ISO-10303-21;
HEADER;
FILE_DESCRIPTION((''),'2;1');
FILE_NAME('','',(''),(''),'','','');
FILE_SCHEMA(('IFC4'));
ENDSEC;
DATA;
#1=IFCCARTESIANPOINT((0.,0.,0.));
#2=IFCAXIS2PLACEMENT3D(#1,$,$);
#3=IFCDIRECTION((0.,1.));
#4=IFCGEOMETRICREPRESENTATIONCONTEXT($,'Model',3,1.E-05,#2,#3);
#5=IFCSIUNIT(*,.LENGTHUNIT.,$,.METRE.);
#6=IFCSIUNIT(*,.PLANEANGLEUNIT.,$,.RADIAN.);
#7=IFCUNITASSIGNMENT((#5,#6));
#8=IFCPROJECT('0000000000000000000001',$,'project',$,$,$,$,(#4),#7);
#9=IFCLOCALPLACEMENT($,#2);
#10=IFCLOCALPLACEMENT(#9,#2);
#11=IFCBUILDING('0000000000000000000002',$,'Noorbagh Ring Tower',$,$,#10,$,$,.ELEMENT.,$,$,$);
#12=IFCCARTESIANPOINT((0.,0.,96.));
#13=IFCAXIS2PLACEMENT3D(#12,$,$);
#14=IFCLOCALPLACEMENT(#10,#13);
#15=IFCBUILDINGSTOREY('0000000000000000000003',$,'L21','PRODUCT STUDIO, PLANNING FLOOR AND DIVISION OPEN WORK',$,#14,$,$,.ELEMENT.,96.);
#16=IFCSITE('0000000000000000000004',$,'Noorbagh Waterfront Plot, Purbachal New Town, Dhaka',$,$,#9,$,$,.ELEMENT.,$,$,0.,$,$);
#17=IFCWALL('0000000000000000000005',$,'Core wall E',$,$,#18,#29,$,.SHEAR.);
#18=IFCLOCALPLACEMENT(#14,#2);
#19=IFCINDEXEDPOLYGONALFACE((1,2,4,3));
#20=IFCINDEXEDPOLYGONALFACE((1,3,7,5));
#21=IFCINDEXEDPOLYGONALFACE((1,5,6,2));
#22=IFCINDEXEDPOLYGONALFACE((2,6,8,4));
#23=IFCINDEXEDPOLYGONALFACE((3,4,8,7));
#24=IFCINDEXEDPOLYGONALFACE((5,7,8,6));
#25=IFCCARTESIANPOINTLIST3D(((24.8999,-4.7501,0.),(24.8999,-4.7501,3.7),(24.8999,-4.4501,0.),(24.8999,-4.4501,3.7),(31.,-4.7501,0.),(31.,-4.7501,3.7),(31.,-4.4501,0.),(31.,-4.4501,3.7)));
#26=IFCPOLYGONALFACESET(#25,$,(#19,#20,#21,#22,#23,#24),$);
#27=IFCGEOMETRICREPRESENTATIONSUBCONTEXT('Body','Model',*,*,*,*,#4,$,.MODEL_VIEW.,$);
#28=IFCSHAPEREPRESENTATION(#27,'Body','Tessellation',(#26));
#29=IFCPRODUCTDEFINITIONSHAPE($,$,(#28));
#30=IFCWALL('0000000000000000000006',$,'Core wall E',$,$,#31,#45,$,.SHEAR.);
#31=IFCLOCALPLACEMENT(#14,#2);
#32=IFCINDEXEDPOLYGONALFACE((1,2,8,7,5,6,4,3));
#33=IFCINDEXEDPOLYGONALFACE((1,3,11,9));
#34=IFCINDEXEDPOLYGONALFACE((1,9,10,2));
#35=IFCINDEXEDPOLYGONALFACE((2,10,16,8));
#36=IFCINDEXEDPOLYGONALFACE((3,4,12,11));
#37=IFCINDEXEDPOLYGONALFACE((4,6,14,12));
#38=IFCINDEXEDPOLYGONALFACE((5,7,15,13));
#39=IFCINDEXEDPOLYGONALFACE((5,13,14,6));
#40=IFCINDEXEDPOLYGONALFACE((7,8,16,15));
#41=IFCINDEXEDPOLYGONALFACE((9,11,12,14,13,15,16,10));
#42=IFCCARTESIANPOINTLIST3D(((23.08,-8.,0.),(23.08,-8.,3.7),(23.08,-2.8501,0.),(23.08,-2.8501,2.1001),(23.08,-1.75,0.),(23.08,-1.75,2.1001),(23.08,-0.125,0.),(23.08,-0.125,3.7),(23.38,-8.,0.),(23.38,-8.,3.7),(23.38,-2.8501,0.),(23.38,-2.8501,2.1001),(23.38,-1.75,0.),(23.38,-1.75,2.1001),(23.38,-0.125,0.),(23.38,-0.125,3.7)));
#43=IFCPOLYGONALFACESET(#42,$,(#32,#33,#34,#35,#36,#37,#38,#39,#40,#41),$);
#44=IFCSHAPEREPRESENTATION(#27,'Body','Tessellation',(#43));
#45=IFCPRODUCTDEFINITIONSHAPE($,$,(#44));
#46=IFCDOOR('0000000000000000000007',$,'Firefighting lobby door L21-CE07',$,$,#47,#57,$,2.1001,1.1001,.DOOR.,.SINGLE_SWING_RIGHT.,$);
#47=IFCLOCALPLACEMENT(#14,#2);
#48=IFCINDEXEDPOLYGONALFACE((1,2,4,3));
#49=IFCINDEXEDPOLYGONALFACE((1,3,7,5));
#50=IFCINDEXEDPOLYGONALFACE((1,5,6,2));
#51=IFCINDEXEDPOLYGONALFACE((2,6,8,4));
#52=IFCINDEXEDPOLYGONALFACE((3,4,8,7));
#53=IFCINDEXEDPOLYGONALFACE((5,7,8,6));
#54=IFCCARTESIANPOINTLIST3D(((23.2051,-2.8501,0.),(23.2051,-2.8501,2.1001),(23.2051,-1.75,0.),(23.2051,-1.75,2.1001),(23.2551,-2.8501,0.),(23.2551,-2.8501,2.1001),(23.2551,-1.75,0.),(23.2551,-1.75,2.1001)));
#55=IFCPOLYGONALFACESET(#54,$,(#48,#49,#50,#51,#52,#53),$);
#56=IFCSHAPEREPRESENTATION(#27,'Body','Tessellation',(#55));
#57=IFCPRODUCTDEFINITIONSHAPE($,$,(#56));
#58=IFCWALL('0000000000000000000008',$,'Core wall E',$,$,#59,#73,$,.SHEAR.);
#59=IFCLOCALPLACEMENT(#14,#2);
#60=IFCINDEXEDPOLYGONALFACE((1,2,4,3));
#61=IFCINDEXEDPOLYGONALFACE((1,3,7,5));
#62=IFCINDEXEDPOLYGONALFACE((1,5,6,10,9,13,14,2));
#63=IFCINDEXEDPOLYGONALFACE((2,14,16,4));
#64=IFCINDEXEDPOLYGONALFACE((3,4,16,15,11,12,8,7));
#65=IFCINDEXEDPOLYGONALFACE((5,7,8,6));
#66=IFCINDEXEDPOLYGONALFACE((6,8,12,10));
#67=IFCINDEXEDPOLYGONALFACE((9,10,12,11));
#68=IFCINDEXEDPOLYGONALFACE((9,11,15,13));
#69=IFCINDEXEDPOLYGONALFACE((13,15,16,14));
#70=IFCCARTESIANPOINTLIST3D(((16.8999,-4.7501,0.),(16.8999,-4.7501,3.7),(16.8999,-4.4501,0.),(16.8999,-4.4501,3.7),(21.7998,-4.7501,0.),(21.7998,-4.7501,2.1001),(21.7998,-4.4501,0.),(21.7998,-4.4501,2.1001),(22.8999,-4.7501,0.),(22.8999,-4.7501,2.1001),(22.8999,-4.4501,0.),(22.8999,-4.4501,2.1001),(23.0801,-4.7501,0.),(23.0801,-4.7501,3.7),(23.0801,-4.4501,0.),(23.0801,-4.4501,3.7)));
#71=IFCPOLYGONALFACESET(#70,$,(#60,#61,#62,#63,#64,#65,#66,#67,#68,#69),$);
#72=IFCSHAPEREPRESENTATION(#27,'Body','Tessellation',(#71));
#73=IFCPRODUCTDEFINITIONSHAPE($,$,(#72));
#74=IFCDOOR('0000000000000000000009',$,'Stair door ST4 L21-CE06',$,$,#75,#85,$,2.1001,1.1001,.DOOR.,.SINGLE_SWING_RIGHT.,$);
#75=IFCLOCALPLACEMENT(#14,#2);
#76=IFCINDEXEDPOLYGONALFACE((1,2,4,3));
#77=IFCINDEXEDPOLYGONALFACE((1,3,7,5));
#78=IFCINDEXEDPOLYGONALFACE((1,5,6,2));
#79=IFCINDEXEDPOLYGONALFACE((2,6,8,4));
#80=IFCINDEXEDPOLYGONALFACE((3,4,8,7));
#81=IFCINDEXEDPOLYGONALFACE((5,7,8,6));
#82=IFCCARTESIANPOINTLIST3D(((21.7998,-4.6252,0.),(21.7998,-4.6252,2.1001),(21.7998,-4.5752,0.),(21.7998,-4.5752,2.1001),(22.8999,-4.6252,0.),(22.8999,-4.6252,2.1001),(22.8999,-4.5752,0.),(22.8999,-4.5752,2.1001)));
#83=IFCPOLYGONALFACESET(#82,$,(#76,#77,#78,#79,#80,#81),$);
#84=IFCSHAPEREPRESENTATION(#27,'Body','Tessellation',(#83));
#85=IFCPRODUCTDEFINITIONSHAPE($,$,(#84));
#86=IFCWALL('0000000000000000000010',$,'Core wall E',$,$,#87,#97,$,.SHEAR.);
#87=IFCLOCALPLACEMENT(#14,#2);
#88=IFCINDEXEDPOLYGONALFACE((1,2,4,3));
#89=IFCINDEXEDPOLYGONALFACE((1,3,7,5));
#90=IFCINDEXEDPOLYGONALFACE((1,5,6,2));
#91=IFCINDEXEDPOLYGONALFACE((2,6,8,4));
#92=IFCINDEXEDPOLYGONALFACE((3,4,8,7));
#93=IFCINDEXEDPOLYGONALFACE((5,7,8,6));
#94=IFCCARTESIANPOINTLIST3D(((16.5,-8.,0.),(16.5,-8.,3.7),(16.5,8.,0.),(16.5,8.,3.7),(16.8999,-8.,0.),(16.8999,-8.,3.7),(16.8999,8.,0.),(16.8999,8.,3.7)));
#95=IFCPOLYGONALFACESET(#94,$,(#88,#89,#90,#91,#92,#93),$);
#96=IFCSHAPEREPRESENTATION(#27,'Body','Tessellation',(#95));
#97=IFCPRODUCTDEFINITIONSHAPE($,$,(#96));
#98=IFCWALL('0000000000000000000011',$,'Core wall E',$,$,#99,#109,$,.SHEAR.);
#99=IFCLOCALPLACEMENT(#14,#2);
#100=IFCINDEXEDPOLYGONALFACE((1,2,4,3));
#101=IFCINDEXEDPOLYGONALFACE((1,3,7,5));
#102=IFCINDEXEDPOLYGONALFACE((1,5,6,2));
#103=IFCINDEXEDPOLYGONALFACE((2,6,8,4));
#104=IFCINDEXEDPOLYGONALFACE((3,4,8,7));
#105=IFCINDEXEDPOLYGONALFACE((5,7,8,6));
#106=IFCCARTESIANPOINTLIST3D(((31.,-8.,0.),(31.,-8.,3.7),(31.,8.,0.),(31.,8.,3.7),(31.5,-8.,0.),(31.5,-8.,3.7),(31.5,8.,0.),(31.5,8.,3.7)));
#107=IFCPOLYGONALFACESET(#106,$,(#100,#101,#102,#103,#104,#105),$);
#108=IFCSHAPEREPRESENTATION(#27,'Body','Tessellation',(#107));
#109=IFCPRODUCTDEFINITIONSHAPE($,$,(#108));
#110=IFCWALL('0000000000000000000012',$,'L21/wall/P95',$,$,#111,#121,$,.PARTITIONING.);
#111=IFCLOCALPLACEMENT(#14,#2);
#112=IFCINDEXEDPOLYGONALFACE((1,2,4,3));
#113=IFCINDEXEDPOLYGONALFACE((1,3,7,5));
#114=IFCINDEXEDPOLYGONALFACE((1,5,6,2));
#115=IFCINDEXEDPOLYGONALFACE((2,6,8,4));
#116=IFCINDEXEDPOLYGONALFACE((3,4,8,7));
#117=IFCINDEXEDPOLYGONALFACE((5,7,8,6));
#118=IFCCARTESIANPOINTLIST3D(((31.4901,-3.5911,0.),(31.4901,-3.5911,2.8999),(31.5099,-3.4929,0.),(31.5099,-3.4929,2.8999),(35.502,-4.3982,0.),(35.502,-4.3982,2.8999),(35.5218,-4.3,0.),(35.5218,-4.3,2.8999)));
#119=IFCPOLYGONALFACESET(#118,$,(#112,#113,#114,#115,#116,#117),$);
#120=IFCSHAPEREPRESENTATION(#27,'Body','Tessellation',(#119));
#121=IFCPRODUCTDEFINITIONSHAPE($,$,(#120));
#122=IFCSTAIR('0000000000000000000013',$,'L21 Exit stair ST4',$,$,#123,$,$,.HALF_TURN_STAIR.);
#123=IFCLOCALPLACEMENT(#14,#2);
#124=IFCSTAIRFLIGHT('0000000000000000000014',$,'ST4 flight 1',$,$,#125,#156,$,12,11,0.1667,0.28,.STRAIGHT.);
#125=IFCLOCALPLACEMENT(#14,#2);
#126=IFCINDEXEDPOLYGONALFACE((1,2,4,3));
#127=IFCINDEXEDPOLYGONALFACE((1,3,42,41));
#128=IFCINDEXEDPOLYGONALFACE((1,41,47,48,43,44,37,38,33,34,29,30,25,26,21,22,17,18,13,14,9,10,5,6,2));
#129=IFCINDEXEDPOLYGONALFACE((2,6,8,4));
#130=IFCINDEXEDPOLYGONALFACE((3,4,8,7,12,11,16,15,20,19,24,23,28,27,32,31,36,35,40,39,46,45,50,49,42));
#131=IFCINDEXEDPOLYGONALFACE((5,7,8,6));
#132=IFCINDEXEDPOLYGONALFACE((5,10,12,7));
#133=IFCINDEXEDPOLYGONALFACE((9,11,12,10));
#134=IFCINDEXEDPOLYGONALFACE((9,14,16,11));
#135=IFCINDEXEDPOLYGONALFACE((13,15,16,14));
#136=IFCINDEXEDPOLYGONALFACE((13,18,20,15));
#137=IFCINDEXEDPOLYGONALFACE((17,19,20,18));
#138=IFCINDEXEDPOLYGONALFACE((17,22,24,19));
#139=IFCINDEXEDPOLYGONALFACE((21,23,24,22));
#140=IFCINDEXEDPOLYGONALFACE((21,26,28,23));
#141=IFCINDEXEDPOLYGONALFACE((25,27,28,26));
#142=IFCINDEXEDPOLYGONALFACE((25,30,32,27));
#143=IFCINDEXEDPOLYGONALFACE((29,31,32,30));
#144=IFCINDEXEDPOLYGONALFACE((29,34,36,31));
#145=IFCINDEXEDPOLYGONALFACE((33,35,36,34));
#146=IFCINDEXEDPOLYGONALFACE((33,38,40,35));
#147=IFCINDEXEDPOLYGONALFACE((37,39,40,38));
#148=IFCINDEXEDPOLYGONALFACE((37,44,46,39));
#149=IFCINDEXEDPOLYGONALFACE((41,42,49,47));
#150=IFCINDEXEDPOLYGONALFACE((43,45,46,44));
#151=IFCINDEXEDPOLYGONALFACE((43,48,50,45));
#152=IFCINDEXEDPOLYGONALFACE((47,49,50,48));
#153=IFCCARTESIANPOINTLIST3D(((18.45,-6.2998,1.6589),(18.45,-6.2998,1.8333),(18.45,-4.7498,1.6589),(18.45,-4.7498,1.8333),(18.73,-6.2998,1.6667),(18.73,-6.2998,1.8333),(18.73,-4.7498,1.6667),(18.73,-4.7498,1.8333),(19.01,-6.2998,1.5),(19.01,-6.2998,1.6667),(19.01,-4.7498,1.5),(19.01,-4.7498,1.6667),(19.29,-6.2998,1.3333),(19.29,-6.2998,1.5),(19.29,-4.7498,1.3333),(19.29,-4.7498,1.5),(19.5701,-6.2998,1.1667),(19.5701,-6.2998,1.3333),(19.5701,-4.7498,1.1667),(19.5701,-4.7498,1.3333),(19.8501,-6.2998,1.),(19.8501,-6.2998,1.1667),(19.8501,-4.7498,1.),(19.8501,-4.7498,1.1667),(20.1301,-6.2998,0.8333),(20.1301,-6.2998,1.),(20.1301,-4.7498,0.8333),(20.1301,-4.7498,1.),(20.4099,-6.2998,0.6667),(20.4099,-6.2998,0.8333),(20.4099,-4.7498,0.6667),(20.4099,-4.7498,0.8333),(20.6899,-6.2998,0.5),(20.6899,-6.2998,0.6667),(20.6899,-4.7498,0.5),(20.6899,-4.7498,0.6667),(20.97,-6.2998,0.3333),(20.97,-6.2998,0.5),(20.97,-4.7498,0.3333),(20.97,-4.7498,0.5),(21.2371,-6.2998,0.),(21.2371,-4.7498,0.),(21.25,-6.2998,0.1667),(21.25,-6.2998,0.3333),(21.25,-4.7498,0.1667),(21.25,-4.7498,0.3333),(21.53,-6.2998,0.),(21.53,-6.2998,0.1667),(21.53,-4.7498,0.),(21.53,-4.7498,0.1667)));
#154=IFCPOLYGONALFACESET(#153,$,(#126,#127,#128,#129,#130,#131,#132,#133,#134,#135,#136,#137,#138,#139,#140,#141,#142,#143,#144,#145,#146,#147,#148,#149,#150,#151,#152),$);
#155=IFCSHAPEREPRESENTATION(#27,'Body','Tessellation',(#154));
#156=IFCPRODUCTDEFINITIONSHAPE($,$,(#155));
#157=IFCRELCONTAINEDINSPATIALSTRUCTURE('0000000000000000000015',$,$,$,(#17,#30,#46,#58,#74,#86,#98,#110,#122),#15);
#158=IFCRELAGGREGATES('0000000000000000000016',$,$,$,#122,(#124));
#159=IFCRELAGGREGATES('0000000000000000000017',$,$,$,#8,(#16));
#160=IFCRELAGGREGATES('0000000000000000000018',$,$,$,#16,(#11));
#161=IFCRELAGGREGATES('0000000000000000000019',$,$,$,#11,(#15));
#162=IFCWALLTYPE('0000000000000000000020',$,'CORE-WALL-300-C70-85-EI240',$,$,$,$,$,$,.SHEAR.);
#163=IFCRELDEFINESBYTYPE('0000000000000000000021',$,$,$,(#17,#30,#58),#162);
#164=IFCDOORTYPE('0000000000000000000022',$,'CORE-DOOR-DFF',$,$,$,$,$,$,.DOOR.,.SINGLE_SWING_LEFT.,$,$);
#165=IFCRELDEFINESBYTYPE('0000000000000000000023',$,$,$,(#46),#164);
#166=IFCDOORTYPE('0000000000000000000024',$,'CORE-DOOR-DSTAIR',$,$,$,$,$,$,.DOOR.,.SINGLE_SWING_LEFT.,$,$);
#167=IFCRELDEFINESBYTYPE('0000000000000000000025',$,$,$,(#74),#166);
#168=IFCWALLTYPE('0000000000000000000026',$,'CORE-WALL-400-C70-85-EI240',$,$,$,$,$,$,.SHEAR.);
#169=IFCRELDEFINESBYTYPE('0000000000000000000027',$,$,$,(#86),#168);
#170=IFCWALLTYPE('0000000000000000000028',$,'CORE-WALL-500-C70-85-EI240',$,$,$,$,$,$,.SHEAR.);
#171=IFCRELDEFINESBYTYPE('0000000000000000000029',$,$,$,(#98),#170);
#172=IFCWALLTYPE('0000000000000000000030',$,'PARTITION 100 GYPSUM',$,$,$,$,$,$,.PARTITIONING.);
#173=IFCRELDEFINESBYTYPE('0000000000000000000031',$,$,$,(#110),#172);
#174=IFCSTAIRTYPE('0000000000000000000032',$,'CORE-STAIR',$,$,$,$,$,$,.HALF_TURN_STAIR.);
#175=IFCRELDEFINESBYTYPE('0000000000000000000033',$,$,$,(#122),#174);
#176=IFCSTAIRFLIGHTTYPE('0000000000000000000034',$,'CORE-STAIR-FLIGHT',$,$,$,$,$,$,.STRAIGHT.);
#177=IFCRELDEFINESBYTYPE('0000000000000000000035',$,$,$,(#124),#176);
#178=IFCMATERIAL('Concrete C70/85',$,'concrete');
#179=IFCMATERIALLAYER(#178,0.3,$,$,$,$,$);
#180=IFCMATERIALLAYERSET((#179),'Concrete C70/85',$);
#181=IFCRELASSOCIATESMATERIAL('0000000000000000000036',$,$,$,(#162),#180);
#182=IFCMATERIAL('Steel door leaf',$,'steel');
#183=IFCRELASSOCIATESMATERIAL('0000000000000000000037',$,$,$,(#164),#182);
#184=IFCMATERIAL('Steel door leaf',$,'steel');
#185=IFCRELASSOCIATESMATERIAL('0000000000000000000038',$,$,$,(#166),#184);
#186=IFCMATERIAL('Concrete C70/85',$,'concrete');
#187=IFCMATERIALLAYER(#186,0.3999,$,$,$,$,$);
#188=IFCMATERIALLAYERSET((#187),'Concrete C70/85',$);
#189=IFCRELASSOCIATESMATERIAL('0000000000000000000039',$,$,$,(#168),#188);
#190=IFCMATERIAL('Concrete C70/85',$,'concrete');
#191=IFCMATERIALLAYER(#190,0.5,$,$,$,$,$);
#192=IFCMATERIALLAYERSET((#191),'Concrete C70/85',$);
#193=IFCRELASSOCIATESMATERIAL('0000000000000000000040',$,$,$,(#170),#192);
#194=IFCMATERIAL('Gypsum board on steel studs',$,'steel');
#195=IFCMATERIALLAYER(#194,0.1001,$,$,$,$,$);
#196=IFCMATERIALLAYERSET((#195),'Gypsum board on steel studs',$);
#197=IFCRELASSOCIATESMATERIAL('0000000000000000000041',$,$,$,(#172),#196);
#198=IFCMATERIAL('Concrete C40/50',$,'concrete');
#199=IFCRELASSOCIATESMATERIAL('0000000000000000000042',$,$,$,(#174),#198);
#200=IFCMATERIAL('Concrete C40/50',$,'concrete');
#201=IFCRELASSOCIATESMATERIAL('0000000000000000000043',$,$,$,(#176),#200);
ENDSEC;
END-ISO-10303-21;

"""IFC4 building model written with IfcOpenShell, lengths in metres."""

from ifc_helpers import new_model, si_unit, direction, frame, frame_2d, origin, place, context, subcontext, project, spatial, polyline, rectangle, outline, extrude, material, layer, layer_set, type_object, element, fill, aggregate, save


model = new_model("IFC4")

# Units and contexts
model_context = context("Model", 3, precision=1e-05, world=origin(), true_north=direction((0.0, 1.0)))
body_context = subcontext(model_context, "Body", "Model", "MODEL_VIEW")
ifc_project = project(units=[si_unit("LENGTHUNIT", "METRE"), si_unit("PLANEANGLEUNIT", "RADIAN")], contexts=[model_context])

# Site, building, storey
site_placement = place(None, origin())
site = spatial("IfcSite", under=ifc_project, at=site_placement, Name="Noorbagh Waterfront Plot, Purbachal New Town, Dhaka", CompositionType="ELEMENT", RefElevation=0.0)
building_placement = place(site_placement, origin())
building = spatial("IfcBuilding", under=site, at=building_placement, Name="Noorbagh Ring Tower", CompositionType="ELEMENT")
storey_placement = place(building_placement, frame((0.0, 0.0, 96.0)))
storey = spatial("IfcBuildingStorey", under=building, at=storey_placement, Name="L21", Description="PRODUCT STUDIO, PLANNING FLOOR AND DIVISION OPEN WORK", CompositionType="ELEMENT", Elevation=96.0)

# Wall
ifc_material_1 = material(Name="Concrete C70/85", Category="concrete")
ifc_layer_1 = layer(ifc_material_1, 0.3)
ifc_layer_set_1 = layer_set([ifc_layer_1], Name="Concrete C70/85")
wall_type_1 = type_object("IfcWallType", Name="CORE-WALL-300-C70-85-EI240", PredefinedType="SHEAR", material=ifc_layer_set_1)
wall_1_placement = place(storey_placement, frame((24.8999, -4.6001, 0.0), z_axis=(0.0, 0.0, 1.0), x_axis=(1.0, 0.0, 0.0)))
element("IfcWall", 1, at=wall_1_placement, inside=storey, type_object=wall_type_1, Name="Core wall E", PredefinedType="SHEAR", context=body_context, shape_type="SweptSolid", body=[
    extrude(rectangle(XDim=6.1001, YDim=0.3, at=frame_2d((3.05, 0.0))), origin(), (0.0, 0.0, 1.0), 3.7),
])

# Walls, openings, doors
wall_2_placement = place(storey_placement, frame((23.23, -8.0, 0.0), z_axis=(0.0, 0.0, 1.0), x_axis=(0.0, 1.0, 0.0)))
wall_2 = element("IfcWall", 2, at=wall_2_placement, inside=storey, type_object=wall_type_1, Name="Core wall E", PredefinedType="SHEAR", context=body_context, shape_type="SweptSolid", body=[
    extrude(rectangle(XDim=7.875, YDim=0.3, at=frame_2d((3.9375, 0.0))), origin(), (0.0, 0.0, 1.0), 3.7),
])
opening_1_placement = place(wall_2_placement, frame((5.1499, 0.0, 0.0)))
opening_1 = element("IfcOpeningElement", 3, at=opening_1_placement, cuts=wall_2, PredefinedType="OPENING", context=body_context, shape_type="SweptSolid", body=[
    extrude(rectangle(XDim=1.1001, YDim=2.1001, at=frame_2d((0.55, 1.05))), frame((0.0, 0.1602, 0.0), z_axis=(0.0, -1.0, 0.0), x_axis=(1.0, 0.0, 0.0)), (0.0, 0.0, 1.0), 0.3201),
])
ifc_material_2 = material(Name="Steel door leaf", Category="steel")
door_type_1 = type_object("IfcDoorType", Name="CORE-DOOR-DFF", OperationType="SINGLE_SWING_LEFT", PredefinedType="DOOR", material=ifc_material_2)
door_1_placement = place(opening_1_placement, origin())
door_1 = element("IfcDoor", 4, at=door_1_placement, inside=storey, type_object=door_type_1, Name="Firefighting lobby door L21-CE07", OperationType="SINGLE_SWING_RIGHT", OverallHeight=2.1001, OverallWidth=1.1001, PredefinedType="DOOR", context=body_context, shape_type="SweptSolid", body=[
    extrude(rectangle(XDim=1.1001, YDim=2.1001, at=frame_2d((0.55, 1.05))), frame((0.0, 0.0249, 0.0), z_axis=(0.0, -1.0, 0.0), x_axis=(1.0, 0.0, 0.0)), (0.0, 0.0, 1.0), 0.05),
])
fill(opening_1, door_1)
wall_3_placement = place(storey_placement, frame((16.8999, -4.6001, 0.0), z_axis=(0.0, 0.0, 1.0), x_axis=(1.0, 0.0, 0.0)))
wall_3 = element("IfcWall", 5, at=wall_3_placement, inside=storey, type_object=wall_type_1, Name="Core wall E", PredefinedType="SHEAR", context=body_context, shape_type="SweptSolid", body=[
    extrude(rectangle(XDim=6.1802, YDim=0.3, at=frame_2d((3.0901, 0.0))), origin(), (0.0, 0.0, 1.0), 3.7),
])
opening_2_placement = place(wall_3_placement, frame((4.8999, 0.0, 0.0)))
opening_2 = element("IfcOpeningElement", 6, at=opening_2_placement, cuts=wall_3, PredefinedType="OPENING", context=body_context, shape_type="SweptSolid", body=[
    extrude(rectangle(XDim=1.1001, YDim=2.1001, at=frame_2d((0.55, 1.05))), frame((0.0, 0.1602, 0.0), z_axis=(0.0, -1.0, 0.0), x_axis=(1.0, 0.0, 0.0)), (0.0, 0.0, 1.0), 0.3201),
])
ifc_material_3 = material(Name="Steel door leaf", Category="steel")
door_type_2 = type_object("IfcDoorType", Name="CORE-DOOR-DSTAIR", OperationType="SINGLE_SWING_LEFT", PredefinedType="DOOR", material=ifc_material_3)
door_2_placement = place(opening_2_placement, origin())
door_2 = element("IfcDoor", 7, at=door_2_placement, inside=storey, type_object=door_type_2, Name="Stair door ST4 L21-CE06", OperationType="SINGLE_SWING_RIGHT", OverallHeight=2.1001, OverallWidth=1.1001, PredefinedType="DOOR", context=body_context, shape_type="SweptSolid", body=[
    extrude(rectangle(XDim=1.1001, YDim=2.1001, at=frame_2d((0.55, 1.05))), frame((0.0, 0.0249, 0.0), z_axis=(0.0, -1.0, 0.0), x_axis=(1.0, 0.0, 0.0)), (0.0, 0.0, 1.0), 0.05),
])
fill(opening_2, door_2)

# Walls
ifc_material_4 = material(Name="Concrete C70/85", Category="concrete")
ifc_layer_2 = layer(ifc_material_4, 0.3999)
ifc_layer_set_2 = layer_set([ifc_layer_2], Name="Concrete C70/85")
wall_type_2 = type_object("IfcWallType", Name="CORE-WALL-400-C70-85-EI240", PredefinedType="SHEAR", material=ifc_layer_set_2)
wall_4_placement = place(storey_placement, frame((16.7, -8.0, 0.0), z_axis=(0.0, 0.0, 1.0), x_axis=(0.0, 1.0, 0.0)))
element("IfcWall", 8, at=wall_4_placement, inside=storey, type_object=wall_type_2, Name="Core wall E", PredefinedType="SHEAR", context=body_context, shape_type="SweptSolid", body=[
    extrude(rectangle(XDim=16.0, YDim=0.3999, at=frame_2d((8.0, 0.0))), origin(), (0.0, 0.0, 1.0), 3.7),
])
ifc_material_5 = material(Name="Concrete C70/85", Category="concrete")
ifc_layer_3 = layer(ifc_material_5, 0.5)
ifc_layer_set_3 = layer_set([ifc_layer_3], Name="Concrete C70/85")
wall_type_3 = type_object("IfcWallType", Name="CORE-WALL-500-C70-85-EI240", PredefinedType="SHEAR", material=ifc_layer_set_3)
wall_5_placement = place(storey_placement, frame((31.25, -8.0, 0.0), z_axis=(0.0, 0.0, 1.0), x_axis=(0.0, 1.0, 0.0)))
element("IfcWall", 9, at=wall_5_placement, inside=storey, type_object=wall_type_3, Name="Core wall E", PredefinedType="SHEAR", context=body_context, shape_type="SweptSolid", body=[
    extrude(rectangle(XDim=16.0, YDim=0.5, at=frame_2d((8.0, 0.0))), origin(), (0.0, 0.0, 1.0), 3.7),
])
ifc_material_6 = material(Name="Gypsum board on steel studs", Category="steel")
ifc_layer_4 = layer(ifc_material_6, 0.1001)
ifc_layer_set_4 = layer_set([ifc_layer_4], Name="Gypsum board on steel studs")
wall_type_4 = type_object("IfcWallType", Name="PARTITION 100 GYPSUM", PredefinedType="PARTITIONING", material=ifc_layer_set_4)
wall_6_placement = place(storey_placement, frame((31.5, -3.542, 0.0), z_axis=(0.0, 0.0, 1.0), x_axis=(0.980357, -0.197229, 0.0)))
element("IfcWall", 10, at=wall_6_placement, inside=storey, type_object=wall_type_4, Name="L21/wall/P95", PredefinedType="PARTITIONING", context=body_context, shape_type="SweptSolid", body=[
    extrude(rectangle(XDim=4.0923, YDim=0.1001, at=frame_2d((2.0461, 0.0))), origin(), (0.0, 0.0, 1.0), 2.8999),
])

# Stair, stair flight
ifc_material_7 = material(Name="Concrete C40/50", Category="concrete")
stair_type = type_object("IfcStairType", Name="CORE-STAIR", PredefinedType="HALF_TURN_STAIR", material=ifc_material_7)
stair_placement = place(storey_placement, origin())
stair = element("IfcStair", 11, at=stair_placement, inside=storey, type_object=stair_type, Name="L21 Exit stair ST4", PredefinedType="HALF_TURN_STAIR")
ifc_material_8 = material(Name="Concrete C40/50", Category="concrete")
stair_flight_type = type_object("IfcStairFlightType", Name="CORE-STAIR-FLIGHT", PredefinedType="STRAIGHT", material=ifc_material_8)
stair_flight_1_placement = place(storey_placement, frame((21.53, -5.5249, 0.0), z_axis=(0.0, 0.0, 1.0), x_axis=(-1.0, 0.0, 0.0)))
stair_flight_1 = element("IfcStairFlight", 12, at=stair_flight_1_placement, type_object=stair_flight_type, Name="ST4 flight 1", NumberOfRisers=12, NumberOfTreads=11, PredefinedType="STRAIGHT", RiserHeight=0.1667, TreadLength=0.28, context=body_context, shape_type="SweptSolid", body=[
    extrude(outline(polyline([(0.0, 0.0), (0.0, 0.1667), (0.28, 0.1667), (0.28, 0.3333), (0.5601, 0.3333), (0.5601, 0.5), (0.8401, 0.5), (0.8401, 0.6667), (1.1201, 0.6667), (1.1201, 0.8333), (1.3999, 0.8333), (1.3999, 1.0), (1.6799, 1.0), (1.6799, 1.1667), (1.96, 1.1667), (1.96, 1.3333), (2.24, 1.3333), (2.24, 1.5), (2.52, 1.5), (2.52, 1.6667), (2.8, 1.6667), (2.8, 1.8333), (3.0801, 1.8333), (3.0801, 2.0), (3.0801, 1.6589), (0.293, 0.0), (0.0, 0.0)])), frame((0.0, 0.7749, 0.0), z_axis=(0.0, -1.0, 0.0), x_axis=(1.0, 0.0, 0.0)), (0.0, 0.0, 1.0), 1.55),
])
aggregate(stair, [stair_flight_1])

save(model, "model.ifc")
